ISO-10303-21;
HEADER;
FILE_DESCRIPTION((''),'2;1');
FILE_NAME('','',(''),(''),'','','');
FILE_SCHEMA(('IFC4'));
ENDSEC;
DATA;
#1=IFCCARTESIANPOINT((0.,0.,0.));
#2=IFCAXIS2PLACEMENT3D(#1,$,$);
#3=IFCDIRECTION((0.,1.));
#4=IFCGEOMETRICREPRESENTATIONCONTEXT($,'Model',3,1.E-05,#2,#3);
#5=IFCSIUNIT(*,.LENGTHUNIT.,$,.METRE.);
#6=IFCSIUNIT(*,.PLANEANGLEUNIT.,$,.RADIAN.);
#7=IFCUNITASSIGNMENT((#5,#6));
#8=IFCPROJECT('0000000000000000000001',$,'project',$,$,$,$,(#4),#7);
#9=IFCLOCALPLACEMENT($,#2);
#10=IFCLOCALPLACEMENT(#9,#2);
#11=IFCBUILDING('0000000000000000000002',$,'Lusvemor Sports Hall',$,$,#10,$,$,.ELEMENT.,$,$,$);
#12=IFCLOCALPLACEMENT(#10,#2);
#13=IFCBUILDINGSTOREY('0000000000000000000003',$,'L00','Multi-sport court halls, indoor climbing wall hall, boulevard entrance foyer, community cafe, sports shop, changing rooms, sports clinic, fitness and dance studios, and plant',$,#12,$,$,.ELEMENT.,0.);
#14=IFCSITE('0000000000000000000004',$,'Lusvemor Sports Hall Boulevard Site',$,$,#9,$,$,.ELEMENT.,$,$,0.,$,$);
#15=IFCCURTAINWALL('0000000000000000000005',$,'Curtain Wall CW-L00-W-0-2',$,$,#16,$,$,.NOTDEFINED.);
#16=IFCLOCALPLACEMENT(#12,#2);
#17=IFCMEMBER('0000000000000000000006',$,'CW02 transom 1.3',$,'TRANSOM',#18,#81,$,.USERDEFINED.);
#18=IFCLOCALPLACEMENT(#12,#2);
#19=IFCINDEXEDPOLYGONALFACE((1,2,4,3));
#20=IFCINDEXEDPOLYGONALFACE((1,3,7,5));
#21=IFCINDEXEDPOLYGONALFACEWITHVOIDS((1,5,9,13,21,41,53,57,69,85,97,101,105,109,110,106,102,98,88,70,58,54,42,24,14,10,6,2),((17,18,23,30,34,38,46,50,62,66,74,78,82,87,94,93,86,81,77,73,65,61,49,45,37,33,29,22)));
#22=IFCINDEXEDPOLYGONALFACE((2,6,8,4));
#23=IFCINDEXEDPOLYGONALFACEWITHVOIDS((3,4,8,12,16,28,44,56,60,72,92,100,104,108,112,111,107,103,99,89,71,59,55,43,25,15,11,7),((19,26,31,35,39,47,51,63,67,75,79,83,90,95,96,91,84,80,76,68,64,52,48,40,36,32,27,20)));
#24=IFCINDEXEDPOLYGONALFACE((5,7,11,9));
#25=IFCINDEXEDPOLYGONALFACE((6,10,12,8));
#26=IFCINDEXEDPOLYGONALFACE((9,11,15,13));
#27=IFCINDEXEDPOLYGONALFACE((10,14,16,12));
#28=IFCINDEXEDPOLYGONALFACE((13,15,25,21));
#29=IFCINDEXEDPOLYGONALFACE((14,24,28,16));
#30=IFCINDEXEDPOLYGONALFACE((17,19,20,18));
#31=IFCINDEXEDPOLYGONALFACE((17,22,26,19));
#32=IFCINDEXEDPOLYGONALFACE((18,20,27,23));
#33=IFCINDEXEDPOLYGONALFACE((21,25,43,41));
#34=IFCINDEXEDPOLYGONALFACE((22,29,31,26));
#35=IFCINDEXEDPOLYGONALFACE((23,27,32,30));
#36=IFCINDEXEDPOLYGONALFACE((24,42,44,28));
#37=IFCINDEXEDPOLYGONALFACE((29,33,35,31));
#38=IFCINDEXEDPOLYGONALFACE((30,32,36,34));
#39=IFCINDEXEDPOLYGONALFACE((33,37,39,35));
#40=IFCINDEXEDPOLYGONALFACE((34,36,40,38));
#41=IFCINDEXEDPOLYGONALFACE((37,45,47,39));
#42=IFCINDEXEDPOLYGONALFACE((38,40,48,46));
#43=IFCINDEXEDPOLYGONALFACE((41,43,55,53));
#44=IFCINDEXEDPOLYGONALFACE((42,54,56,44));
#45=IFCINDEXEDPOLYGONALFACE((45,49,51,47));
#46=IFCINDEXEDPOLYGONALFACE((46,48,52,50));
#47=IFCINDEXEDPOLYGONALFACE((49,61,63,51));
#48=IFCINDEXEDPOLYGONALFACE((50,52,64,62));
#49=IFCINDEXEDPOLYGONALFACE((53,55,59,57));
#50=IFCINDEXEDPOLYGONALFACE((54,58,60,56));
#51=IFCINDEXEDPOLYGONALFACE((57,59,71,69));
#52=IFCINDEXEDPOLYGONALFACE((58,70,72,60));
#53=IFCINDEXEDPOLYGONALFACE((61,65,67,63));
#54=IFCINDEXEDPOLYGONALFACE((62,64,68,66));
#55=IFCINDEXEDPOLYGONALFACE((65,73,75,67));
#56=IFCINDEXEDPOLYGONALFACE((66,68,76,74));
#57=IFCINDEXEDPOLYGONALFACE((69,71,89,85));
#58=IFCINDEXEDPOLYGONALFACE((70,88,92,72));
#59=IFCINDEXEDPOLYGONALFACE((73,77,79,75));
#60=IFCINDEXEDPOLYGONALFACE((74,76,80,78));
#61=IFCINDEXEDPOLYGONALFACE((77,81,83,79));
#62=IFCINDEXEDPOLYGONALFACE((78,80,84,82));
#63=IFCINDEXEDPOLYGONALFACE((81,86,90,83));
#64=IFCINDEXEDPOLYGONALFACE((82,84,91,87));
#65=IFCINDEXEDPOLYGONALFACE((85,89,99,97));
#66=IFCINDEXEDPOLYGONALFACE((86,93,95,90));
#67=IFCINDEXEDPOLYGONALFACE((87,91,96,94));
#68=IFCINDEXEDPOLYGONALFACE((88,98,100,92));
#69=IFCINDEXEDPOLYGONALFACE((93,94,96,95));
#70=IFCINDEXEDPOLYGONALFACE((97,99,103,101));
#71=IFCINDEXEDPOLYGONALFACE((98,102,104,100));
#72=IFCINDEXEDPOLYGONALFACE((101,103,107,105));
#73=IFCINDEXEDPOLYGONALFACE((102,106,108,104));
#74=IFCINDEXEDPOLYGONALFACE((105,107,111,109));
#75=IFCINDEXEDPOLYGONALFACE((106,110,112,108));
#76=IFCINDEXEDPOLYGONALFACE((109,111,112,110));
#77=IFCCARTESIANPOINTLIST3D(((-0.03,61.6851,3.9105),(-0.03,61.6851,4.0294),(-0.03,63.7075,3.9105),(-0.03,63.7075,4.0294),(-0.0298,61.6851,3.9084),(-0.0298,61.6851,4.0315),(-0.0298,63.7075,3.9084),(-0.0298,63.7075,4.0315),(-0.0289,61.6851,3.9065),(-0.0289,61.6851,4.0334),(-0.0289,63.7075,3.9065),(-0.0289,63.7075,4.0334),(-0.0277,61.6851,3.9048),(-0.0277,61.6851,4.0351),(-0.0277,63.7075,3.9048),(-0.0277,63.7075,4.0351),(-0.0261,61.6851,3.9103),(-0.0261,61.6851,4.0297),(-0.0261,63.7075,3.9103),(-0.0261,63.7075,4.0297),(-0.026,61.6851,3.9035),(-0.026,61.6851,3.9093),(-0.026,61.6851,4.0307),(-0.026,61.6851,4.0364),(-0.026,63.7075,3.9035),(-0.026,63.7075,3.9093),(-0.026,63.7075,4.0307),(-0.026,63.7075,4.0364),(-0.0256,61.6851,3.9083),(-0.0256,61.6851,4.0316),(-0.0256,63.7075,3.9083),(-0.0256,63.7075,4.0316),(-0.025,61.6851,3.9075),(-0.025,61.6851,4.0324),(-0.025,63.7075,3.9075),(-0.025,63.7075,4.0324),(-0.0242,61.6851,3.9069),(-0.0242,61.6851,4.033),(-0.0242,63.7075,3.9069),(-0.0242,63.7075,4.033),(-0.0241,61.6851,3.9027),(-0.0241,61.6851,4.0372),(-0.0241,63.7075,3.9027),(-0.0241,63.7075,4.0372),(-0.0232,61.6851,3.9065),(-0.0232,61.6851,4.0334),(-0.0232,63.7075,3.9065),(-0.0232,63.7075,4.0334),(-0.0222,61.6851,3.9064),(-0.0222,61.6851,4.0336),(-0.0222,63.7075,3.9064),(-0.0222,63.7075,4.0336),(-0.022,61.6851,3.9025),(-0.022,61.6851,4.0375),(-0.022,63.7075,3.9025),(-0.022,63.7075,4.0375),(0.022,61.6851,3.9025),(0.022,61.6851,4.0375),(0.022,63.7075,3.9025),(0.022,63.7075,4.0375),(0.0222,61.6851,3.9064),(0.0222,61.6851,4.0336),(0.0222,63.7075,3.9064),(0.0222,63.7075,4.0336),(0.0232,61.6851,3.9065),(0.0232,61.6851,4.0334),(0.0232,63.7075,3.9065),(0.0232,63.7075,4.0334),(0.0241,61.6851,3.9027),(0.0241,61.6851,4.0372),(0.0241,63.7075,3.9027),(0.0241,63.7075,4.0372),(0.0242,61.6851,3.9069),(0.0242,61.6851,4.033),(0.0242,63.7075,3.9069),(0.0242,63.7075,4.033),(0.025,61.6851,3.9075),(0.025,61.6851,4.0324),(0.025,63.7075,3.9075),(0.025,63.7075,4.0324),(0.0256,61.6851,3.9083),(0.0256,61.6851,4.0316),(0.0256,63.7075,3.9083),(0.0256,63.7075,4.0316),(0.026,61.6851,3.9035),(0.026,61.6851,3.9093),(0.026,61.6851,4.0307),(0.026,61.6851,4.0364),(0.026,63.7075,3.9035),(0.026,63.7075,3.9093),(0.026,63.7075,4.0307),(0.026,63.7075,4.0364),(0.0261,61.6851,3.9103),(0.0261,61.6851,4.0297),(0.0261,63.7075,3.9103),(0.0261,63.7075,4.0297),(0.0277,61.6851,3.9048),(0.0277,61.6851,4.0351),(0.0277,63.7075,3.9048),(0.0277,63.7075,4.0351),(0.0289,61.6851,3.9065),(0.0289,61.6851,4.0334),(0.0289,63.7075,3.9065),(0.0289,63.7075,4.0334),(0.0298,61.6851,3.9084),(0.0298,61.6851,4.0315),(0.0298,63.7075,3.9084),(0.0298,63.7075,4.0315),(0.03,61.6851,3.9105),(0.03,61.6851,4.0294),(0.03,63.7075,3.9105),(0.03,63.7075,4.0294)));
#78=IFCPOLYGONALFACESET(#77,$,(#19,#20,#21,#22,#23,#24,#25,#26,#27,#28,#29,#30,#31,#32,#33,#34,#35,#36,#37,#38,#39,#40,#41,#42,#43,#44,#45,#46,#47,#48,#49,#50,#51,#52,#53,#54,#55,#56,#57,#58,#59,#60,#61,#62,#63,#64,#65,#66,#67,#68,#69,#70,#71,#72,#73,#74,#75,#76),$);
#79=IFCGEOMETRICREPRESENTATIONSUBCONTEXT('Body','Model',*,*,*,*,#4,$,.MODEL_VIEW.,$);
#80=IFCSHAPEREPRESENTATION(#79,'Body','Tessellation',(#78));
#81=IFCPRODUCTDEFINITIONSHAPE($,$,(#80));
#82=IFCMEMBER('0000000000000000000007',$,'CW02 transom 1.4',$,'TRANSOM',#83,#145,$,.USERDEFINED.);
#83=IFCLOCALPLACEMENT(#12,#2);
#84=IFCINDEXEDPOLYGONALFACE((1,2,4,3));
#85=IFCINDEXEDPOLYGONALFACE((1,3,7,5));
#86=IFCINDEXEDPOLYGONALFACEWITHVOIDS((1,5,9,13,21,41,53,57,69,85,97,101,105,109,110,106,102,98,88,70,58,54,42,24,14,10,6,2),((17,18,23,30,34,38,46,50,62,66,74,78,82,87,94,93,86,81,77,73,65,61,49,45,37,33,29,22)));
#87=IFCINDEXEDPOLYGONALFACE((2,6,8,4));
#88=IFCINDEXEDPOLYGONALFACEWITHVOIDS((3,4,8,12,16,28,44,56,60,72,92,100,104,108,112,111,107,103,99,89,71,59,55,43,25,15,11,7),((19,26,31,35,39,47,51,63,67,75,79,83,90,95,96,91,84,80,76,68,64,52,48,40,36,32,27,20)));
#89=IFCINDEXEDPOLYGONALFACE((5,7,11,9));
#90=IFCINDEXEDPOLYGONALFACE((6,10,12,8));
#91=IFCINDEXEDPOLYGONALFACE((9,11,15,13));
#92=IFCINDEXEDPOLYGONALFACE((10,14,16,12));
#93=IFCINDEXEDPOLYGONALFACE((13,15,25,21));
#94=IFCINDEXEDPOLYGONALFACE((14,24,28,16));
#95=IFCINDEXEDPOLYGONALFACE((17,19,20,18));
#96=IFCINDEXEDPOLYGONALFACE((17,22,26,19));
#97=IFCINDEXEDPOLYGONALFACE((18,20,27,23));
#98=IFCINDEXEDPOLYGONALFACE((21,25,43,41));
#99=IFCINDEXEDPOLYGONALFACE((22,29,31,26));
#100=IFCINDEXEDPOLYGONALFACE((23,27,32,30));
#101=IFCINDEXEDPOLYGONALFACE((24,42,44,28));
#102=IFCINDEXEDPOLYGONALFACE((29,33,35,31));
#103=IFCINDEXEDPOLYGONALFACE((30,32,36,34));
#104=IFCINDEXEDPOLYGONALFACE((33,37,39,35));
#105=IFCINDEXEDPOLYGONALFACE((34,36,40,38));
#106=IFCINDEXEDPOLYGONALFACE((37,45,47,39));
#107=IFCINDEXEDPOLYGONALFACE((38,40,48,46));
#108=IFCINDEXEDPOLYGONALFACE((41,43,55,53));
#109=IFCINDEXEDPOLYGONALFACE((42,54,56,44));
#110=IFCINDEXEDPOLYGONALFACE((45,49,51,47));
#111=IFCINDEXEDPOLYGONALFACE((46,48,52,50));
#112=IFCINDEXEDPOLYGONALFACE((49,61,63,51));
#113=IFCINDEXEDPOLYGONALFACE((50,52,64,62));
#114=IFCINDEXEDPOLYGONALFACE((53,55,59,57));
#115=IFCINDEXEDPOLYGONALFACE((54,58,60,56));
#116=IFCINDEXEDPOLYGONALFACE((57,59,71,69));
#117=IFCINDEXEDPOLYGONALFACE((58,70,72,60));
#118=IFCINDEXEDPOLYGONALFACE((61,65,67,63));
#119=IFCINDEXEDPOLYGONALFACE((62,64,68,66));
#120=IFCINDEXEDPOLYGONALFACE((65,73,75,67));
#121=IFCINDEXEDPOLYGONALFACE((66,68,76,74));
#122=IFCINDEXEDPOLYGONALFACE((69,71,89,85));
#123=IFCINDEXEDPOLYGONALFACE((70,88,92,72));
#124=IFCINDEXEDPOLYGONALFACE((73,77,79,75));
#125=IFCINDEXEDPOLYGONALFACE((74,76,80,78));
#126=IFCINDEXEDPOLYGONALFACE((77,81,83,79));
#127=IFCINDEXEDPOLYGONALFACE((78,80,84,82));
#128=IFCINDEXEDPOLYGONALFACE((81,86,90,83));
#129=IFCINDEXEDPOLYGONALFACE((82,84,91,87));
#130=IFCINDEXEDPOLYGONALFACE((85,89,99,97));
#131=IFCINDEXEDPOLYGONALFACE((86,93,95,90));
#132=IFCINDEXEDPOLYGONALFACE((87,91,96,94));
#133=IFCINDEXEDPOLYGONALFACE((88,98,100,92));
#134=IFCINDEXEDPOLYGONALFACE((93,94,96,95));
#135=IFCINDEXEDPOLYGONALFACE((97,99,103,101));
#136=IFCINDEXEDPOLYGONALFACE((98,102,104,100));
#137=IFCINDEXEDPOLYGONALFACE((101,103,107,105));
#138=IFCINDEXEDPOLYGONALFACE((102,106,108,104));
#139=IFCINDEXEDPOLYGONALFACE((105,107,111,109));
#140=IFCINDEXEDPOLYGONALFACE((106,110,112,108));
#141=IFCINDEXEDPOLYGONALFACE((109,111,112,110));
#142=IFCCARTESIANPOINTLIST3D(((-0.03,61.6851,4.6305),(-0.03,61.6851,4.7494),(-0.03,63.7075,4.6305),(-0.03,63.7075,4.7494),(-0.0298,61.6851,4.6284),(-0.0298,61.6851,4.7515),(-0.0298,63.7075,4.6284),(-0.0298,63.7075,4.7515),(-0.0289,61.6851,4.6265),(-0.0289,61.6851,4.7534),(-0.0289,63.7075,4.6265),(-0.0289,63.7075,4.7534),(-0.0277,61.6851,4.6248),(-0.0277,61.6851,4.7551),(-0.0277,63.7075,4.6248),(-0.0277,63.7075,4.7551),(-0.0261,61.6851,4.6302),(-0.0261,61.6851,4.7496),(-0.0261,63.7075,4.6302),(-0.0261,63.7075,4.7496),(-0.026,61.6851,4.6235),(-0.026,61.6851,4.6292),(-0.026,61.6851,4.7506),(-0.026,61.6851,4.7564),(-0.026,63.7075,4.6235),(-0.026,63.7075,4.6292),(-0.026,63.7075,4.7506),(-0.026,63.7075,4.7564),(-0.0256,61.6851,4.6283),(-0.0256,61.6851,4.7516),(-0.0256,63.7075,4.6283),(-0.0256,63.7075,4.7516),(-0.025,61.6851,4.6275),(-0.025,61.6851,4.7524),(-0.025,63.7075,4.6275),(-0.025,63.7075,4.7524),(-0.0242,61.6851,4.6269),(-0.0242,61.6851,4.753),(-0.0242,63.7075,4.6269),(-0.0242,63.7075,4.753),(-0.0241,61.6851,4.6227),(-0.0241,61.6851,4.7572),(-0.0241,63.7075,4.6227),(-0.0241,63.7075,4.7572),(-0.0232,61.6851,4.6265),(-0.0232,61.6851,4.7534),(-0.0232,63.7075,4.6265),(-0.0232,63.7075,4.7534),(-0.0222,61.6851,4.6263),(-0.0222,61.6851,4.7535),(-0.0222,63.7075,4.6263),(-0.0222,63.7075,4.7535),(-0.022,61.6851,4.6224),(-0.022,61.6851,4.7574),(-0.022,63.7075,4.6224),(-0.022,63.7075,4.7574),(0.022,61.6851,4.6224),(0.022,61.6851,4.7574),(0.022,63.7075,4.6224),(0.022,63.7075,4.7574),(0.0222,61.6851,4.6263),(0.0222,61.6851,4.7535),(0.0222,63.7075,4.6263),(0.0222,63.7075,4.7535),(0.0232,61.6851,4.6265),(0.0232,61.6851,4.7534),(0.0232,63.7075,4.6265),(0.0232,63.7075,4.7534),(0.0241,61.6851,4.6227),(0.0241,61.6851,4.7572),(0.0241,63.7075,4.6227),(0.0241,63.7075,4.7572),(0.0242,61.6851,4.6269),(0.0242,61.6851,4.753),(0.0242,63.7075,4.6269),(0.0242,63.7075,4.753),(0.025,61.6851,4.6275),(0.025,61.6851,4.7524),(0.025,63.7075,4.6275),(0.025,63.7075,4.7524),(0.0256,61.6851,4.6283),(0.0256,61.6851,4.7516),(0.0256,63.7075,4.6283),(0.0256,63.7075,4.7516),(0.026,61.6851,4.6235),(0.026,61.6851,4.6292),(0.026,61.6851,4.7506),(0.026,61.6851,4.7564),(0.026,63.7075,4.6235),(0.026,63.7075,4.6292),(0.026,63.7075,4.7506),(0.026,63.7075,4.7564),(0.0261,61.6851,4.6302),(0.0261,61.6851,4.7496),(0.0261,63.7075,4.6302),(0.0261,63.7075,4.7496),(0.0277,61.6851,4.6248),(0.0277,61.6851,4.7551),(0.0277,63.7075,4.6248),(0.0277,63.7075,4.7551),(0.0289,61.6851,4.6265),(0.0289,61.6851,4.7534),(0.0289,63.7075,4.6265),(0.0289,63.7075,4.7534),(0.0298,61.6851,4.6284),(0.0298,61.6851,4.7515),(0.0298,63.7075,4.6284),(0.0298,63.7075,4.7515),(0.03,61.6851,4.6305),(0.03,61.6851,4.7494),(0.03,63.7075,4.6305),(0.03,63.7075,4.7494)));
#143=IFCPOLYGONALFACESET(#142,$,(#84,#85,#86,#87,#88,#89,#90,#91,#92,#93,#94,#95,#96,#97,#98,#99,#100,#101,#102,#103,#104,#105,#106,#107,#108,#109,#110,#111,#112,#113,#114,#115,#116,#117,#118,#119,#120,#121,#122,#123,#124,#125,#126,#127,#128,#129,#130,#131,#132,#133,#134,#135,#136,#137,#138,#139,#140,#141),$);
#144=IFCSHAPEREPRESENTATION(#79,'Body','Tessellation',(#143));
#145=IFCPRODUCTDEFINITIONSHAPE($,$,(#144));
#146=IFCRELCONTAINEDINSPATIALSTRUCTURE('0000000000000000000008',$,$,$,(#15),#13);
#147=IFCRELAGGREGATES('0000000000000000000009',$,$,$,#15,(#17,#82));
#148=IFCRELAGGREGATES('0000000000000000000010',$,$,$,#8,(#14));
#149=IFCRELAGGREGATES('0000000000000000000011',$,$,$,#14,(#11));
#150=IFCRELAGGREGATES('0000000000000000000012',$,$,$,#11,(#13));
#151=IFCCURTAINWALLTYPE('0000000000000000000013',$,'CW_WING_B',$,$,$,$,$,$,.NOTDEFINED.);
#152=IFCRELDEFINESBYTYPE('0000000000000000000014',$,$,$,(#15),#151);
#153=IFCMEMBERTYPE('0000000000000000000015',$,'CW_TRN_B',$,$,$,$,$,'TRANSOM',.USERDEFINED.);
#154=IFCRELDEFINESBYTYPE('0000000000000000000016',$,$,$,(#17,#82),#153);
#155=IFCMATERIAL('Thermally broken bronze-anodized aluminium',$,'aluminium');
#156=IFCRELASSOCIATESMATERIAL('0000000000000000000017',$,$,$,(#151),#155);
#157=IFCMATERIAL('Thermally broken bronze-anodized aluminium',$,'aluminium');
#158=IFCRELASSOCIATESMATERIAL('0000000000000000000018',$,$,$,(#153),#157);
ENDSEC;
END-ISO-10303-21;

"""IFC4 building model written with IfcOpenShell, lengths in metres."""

from ifc_helpers import new_model, si_unit, direction, frame, origin, origin_2d, place, context, subcontext, project, spatial, hollow_rectangle, extrude, material, material_profile, profile_set, type_object, element, aggregate, save


model = new_model("IFC4")

# Units and contexts
model_context = context("Model", 3, precision=1e-05, world=origin(), true_north=direction((0.0, 1.0)))
body_context = subcontext(model_context, "Body", "Model", "MODEL_VIEW")
ifc_project = project(units=[si_unit("LENGTHUNIT", "METRE"), si_unit("PLANEANGLEUNIT", "RADIAN")], contexts=[model_context])

# Site, building, storey
site_placement = place(None, origin())
site = spatial("IfcSite", under=ifc_project, at=site_placement, Name="Lusvemor Sports Hall Boulevard Site", CompositionType="ELEMENT", RefElevation=0.0)
building_placement = place(site_placement, origin())
building = spatial("IfcBuilding", under=site, at=building_placement, Name="Lusvemor Sports Hall", CompositionType="ELEMENT")
storey_placement = place(building_placement, origin())
storey = spatial("IfcBuildingStorey", under=building, at=storey_placement, Name="L00", Description="Multi-sport court halls, indoor climbing wall hall, boulevard entrance foyer, community cafe, sports shop, changing rooms, sports clinic, fitness and dance studios, and plant", CompositionType="ELEMENT", Elevation=0.0)

# Shared definitions
ifc_material_1 = material(Name="Thermally broken bronze-anodized aluminium", Category="aluminium")
curtain_wall_type = type_object("IfcCurtainWallType", Name="CW_WING_B", PredefinedType="NOTDEFINED", material=ifc_material_1)

# Curtain wall, members
curtain_wall_1_placement = place(storey_placement, origin())
curtain_wall_1 = element("IfcCurtainWall", 1, at=curtain_wall_1_placement, inside=storey, type_object=curtain_wall_type, Name="Curtain Wall CW-L00-W-0-2", PredefinedType="NOTDEFINED")
ifc_material_2 = material(Name="Thermally broken bronze-anodized aluminium", Category="aluminium")
ifc_material_profile_1 = material_profile(ifc_material_2, hollow_rectangle(XDim=0.0601, YDim=0.135, WallThickness=0.0039, InnerFilletRadius=0.0039, OuterFilletRadius=0.0081, at=origin_2d()), Name="CWTRN135x60x4")
ifc_profile_set_1 = profile_set([ifc_material_profile_1], Name="Thermally broken bronze-anodized aluminium")
member_type_1 = type_object("IfcMemberType", Name="CW_TRN_B", ElementType="TRANSOM", PredefinedType="USERDEFINED", material=ifc_profile_set_1)
member_1_placement = place(storey_placement, frame((0.0, 61.6851, 3.97), z_axis=(0.0, 1.0, 0.0), x_axis=(-1.0, 0.0, 0.0)))
member_1 = element("IfcMember", 2, at=member_1_placement, type_object=member_type_1, Name="CW02 transom 1.3", ObjectType="TRANSOM", PredefinedType="USERDEFINED", context=body_context, shape_type="SweptSolid", body=[
    extrude(hollow_rectangle(XDim=0.0601, YDim=0.135, WallThickness=0.0039, InnerFilletRadius=0.0039, OuterFilletRadius=0.0081, at=origin_2d()), origin(), (0.0, 0.0, 1.0), 2.0225),
])
member_2_placement = place(storey_placement, frame((0.0, 61.6851, 4.6899), z_axis=(0.0, 1.0, 0.0), x_axis=(-1.0, 0.0, 0.0)))
member_2 = element("IfcMember", 3, at=member_2_placement, type_object=member_type_1, Name="CW02 transom 1.4", ObjectType="TRANSOM", PredefinedType="USERDEFINED", context=body_context, shape_type="SweptSolid", body=[
    extrude(hollow_rectangle(XDim=0.0601, YDim=0.135, WallThickness=0.0039, InnerFilletRadius=0.0039, OuterFilletRadius=0.0081, at=origin_2d()), origin(), (0.0, 0.0, 1.0), 2.0225),
])
aggregate(curtain_wall_1, [member_1, member_2])

save(model, "model.ifc")
